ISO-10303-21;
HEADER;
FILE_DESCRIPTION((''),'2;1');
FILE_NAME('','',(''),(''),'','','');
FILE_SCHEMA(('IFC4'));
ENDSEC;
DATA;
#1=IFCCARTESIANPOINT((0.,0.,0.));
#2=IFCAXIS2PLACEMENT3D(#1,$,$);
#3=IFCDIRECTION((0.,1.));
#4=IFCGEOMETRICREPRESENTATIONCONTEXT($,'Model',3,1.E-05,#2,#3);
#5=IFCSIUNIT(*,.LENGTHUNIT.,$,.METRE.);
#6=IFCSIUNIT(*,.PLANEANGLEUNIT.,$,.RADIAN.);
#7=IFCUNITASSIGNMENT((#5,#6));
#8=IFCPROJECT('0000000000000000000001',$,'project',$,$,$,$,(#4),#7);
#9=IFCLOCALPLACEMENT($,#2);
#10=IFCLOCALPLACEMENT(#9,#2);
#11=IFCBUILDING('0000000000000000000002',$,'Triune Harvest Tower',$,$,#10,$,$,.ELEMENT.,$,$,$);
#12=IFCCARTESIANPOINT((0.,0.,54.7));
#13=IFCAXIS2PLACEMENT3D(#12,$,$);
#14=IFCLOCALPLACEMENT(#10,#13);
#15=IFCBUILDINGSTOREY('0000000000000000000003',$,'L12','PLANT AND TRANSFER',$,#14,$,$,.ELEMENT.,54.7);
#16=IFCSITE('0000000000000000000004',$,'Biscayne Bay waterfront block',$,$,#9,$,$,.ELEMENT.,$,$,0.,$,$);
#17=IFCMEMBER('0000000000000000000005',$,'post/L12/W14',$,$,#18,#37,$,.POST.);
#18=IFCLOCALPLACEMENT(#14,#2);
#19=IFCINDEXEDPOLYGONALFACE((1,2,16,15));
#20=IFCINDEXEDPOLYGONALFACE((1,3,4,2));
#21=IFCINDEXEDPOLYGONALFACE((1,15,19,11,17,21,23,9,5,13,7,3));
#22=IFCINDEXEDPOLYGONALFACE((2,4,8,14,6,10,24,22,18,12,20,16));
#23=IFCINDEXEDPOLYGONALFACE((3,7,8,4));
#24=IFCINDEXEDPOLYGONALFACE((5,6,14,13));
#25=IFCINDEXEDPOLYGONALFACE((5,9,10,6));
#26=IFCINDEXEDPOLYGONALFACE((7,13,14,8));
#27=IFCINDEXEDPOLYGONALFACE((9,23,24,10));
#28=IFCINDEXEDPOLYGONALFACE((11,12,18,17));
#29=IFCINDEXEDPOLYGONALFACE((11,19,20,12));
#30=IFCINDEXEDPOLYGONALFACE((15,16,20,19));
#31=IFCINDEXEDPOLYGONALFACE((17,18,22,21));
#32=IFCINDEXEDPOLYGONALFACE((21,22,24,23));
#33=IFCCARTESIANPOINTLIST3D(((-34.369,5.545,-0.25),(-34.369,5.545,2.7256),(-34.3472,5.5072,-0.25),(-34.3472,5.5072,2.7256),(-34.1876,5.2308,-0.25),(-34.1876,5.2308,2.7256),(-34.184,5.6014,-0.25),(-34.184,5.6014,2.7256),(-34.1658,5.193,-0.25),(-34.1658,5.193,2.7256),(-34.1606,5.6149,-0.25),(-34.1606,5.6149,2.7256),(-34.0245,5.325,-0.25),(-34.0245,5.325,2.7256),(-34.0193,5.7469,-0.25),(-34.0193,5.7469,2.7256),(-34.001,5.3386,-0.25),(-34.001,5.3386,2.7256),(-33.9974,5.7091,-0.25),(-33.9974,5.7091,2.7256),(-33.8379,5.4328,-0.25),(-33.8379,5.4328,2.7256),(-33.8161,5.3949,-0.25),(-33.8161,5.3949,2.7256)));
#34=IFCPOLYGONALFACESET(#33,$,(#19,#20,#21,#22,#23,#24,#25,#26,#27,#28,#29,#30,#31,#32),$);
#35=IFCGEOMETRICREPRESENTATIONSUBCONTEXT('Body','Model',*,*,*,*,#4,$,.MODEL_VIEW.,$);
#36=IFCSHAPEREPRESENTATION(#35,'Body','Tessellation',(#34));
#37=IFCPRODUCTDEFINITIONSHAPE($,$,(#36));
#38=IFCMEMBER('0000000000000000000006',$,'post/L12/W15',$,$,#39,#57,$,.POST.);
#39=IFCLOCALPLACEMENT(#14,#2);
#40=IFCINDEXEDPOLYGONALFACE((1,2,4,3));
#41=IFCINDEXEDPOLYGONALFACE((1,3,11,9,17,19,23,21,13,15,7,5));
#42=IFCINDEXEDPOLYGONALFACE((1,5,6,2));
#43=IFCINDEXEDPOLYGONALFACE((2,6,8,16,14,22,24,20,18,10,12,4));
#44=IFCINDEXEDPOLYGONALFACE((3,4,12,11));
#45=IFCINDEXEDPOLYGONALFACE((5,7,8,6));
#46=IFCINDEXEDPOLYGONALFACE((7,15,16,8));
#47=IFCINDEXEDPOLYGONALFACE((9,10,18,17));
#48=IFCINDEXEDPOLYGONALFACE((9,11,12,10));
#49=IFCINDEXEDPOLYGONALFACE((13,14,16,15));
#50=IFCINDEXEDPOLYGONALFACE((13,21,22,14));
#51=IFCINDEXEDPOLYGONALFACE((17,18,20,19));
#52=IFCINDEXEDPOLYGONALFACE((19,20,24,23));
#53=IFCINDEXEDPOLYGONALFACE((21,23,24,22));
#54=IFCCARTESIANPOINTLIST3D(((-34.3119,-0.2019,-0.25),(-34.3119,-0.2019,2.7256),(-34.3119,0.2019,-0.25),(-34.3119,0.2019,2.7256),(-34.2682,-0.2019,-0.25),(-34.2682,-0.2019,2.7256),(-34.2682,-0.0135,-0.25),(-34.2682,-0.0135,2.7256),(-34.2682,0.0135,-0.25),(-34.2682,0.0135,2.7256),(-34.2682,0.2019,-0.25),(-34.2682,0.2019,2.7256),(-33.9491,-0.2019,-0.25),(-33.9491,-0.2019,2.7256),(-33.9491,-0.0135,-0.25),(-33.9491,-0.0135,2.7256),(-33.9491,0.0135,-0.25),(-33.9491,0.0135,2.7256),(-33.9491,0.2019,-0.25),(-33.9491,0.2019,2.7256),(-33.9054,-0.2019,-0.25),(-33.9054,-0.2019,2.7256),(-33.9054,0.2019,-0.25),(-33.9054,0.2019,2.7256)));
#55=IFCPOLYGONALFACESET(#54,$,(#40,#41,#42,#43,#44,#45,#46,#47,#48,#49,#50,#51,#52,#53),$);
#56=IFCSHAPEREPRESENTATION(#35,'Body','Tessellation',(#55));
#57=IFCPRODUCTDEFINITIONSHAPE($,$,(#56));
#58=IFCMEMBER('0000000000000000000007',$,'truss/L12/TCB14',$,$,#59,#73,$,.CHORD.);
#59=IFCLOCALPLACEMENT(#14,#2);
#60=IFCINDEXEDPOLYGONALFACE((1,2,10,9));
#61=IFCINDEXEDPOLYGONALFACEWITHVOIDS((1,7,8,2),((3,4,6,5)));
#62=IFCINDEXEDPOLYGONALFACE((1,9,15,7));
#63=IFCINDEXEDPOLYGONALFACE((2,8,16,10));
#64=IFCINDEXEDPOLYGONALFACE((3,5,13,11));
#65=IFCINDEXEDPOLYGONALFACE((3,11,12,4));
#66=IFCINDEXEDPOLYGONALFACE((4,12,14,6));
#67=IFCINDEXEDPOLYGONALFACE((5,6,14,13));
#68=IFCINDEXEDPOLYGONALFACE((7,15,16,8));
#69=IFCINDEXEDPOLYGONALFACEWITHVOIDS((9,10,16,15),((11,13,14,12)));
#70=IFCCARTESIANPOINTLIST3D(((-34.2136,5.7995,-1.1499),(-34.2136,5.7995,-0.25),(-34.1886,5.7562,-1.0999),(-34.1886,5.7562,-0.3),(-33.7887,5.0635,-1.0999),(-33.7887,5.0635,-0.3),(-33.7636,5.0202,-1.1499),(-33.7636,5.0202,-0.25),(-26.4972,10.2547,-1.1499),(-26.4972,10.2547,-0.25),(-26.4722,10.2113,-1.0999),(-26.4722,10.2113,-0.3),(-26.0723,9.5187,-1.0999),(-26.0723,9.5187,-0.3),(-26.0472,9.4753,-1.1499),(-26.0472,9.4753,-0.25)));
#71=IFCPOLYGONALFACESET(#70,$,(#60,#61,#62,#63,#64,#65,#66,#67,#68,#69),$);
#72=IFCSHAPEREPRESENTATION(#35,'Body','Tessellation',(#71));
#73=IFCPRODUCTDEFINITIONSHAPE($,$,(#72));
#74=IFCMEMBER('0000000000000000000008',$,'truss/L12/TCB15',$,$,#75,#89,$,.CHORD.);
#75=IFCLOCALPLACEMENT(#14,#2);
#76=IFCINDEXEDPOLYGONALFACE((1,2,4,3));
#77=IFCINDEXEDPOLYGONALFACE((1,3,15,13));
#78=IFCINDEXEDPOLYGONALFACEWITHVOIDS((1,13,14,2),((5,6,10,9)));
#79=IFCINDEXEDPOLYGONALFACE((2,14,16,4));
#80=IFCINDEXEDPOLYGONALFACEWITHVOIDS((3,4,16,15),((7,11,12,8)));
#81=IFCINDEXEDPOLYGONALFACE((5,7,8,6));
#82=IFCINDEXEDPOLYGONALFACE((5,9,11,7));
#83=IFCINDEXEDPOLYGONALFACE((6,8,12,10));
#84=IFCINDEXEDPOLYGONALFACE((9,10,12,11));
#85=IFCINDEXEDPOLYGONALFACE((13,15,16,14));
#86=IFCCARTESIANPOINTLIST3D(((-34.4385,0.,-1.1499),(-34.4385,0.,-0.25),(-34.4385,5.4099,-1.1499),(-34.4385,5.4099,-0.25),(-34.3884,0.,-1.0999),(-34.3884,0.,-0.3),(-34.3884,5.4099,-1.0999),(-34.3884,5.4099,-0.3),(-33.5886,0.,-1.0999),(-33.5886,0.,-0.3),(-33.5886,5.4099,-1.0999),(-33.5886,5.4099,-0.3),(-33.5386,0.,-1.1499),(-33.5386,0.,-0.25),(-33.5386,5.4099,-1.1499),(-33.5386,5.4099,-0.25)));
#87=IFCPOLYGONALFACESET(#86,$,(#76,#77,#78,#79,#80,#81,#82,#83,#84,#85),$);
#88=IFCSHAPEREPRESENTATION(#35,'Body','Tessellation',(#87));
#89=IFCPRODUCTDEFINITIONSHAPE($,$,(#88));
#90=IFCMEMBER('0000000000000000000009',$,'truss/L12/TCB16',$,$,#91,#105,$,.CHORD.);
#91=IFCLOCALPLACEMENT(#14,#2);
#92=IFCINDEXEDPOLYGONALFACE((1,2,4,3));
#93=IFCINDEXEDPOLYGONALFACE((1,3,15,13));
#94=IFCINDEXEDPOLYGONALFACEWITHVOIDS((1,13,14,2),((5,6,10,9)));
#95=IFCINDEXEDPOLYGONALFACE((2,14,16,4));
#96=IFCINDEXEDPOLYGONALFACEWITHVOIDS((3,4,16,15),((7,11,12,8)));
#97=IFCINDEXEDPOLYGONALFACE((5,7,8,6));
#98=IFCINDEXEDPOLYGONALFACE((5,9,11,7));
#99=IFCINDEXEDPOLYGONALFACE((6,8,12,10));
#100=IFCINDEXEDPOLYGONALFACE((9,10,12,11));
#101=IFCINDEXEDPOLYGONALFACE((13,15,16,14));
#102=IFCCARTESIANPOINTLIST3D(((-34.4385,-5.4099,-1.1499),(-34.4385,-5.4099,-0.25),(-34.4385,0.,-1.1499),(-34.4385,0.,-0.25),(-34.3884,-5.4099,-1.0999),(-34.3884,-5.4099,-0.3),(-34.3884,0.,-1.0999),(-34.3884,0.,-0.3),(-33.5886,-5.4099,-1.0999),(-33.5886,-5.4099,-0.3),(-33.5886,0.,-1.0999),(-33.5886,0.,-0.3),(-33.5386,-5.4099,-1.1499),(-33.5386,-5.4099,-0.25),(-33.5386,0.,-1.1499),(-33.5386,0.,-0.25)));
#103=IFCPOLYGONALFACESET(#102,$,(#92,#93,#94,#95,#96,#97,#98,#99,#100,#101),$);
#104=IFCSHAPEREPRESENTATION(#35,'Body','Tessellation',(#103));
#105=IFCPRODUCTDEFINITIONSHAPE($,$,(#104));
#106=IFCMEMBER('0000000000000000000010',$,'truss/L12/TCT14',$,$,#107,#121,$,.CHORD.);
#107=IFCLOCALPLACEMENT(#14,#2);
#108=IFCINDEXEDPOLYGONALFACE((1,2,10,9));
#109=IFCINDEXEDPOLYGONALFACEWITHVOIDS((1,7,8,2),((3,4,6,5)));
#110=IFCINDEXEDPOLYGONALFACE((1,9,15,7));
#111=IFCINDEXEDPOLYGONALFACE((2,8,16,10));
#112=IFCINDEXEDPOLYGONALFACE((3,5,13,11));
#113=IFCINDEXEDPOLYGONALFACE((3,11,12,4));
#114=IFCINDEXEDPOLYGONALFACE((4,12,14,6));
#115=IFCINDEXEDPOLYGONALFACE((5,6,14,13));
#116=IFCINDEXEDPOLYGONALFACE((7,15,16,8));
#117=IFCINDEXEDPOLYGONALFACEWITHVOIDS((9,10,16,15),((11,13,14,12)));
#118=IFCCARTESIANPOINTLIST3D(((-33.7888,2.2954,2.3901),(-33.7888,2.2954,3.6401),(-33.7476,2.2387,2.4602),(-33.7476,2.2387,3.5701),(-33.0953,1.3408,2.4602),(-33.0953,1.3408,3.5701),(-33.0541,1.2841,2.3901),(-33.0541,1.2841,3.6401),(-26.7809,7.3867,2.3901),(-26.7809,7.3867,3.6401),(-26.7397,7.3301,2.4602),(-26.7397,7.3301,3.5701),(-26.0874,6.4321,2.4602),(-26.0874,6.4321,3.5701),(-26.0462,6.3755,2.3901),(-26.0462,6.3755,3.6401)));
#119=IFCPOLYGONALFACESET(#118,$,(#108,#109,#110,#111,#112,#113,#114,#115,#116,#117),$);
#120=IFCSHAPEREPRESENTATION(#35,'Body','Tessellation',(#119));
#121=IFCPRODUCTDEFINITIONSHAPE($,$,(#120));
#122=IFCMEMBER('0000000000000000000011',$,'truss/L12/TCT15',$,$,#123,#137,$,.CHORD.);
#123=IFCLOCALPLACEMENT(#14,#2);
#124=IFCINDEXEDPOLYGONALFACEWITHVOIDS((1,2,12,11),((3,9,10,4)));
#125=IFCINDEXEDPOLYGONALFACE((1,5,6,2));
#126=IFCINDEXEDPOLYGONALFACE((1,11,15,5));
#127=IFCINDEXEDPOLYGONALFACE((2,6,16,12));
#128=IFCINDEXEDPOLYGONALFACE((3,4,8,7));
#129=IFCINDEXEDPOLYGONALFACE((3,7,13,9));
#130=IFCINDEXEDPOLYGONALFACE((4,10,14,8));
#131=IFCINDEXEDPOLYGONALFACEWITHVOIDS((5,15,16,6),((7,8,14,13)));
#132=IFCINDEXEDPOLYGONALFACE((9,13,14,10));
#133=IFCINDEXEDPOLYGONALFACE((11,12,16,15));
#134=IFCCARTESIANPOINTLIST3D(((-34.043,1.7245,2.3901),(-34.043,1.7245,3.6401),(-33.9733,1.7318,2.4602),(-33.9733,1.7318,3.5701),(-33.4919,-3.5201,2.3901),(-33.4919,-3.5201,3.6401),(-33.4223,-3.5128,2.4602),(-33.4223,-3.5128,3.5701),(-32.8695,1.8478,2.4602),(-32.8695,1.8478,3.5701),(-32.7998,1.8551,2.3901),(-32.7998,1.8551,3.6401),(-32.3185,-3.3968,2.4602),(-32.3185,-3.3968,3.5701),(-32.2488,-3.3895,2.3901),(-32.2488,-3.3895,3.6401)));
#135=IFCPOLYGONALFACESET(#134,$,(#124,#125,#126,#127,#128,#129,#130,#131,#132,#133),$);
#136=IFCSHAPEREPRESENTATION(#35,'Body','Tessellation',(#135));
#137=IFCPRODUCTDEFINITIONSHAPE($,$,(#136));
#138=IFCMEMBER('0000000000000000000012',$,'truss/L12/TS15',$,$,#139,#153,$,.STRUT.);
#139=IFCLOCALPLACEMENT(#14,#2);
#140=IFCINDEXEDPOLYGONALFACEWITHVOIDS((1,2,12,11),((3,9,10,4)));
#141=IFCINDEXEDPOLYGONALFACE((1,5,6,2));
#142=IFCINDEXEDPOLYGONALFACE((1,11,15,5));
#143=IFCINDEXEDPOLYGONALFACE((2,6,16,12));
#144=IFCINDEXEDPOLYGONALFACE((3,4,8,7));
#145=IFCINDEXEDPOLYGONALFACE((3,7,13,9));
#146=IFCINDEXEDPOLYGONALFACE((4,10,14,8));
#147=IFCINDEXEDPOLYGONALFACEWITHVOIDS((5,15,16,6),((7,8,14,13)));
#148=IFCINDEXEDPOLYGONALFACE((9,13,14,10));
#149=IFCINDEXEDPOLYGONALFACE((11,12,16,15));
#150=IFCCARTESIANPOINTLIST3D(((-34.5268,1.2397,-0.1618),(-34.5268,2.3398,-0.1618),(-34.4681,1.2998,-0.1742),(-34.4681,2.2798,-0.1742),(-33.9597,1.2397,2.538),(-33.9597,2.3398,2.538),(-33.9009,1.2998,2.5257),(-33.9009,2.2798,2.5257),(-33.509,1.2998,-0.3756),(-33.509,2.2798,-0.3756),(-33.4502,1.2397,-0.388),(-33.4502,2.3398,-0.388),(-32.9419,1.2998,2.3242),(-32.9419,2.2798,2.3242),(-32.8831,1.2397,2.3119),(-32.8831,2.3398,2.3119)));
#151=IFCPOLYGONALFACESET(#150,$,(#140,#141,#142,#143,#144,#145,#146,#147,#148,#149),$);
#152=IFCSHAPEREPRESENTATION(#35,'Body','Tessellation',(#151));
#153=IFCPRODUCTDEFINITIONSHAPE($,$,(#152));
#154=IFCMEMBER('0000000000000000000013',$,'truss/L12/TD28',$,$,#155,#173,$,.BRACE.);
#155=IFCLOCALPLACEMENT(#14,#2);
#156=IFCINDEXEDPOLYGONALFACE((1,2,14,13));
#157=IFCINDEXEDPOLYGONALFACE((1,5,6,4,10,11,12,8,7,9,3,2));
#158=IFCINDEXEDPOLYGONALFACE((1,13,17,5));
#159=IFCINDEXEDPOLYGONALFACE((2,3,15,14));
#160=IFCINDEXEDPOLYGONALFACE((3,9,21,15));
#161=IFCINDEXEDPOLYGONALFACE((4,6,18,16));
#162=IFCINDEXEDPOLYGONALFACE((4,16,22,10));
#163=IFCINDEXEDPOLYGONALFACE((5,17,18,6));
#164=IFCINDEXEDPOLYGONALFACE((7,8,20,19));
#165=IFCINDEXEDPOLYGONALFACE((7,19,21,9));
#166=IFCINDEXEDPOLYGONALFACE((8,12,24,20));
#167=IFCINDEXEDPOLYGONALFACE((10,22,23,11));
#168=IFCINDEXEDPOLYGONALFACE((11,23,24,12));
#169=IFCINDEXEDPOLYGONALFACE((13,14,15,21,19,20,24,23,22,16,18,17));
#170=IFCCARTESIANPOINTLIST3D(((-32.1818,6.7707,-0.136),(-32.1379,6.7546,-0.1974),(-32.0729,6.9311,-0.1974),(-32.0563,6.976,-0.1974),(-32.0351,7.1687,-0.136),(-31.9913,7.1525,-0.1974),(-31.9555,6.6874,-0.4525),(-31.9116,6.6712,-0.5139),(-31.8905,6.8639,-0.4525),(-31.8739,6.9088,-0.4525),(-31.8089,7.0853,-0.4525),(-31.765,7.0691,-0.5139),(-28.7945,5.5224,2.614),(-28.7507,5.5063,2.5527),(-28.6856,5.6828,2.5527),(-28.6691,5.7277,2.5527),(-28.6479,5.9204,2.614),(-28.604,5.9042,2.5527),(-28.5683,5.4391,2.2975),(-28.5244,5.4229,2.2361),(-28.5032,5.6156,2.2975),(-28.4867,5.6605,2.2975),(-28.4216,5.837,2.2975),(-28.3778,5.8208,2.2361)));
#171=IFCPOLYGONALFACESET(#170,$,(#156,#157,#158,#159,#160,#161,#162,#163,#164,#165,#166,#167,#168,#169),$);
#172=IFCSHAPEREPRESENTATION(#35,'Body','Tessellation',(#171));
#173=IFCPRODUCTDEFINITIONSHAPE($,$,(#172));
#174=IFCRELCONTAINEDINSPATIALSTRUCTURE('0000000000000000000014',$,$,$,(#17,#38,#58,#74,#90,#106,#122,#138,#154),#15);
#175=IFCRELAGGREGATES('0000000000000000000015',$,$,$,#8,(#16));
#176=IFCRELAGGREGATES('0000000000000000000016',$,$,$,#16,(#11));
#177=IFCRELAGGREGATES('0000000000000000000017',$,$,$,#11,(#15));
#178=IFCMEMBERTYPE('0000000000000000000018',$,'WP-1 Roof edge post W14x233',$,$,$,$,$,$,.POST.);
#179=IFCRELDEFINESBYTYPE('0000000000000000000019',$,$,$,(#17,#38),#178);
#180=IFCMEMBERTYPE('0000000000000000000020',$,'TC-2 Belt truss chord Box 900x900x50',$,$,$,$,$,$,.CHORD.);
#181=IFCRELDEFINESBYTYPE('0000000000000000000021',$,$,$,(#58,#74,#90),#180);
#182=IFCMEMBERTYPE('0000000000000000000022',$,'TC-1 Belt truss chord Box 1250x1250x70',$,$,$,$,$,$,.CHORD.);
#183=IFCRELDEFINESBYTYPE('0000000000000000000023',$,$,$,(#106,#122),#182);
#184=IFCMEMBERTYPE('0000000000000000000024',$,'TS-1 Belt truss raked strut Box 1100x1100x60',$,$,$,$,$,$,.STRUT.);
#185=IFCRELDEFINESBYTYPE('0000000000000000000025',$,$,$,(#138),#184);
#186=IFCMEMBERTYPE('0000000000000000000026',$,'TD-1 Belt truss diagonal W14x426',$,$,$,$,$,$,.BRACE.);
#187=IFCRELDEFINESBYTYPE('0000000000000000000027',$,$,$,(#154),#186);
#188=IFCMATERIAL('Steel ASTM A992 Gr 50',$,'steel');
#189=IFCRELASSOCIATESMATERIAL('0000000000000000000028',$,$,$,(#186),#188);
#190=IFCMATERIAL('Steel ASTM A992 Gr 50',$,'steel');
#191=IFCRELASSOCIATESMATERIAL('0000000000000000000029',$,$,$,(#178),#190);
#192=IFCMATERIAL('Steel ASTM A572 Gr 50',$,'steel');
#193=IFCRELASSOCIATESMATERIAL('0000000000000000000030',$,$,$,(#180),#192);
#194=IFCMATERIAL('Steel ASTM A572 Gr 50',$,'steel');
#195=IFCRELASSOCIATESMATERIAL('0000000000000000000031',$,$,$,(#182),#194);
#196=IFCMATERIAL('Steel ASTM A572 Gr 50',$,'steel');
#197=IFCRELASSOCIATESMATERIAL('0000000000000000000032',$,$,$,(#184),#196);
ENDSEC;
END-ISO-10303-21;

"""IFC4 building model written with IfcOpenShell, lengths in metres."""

from ifc_helpers import new_model, si_unit, direction, frame, origin, origin_2d, place, context, subcontext, project, spatial, hollow_rectangle, i_section, extrude, source, transform, mapped, material, material_profile, profile_set, type_object, element, save


model = new_model("IFC4")

# Units and contexts
model_context = context("Model", 3, precision=1e-05, world=origin(), true_north=direction((0.0, 1.0)))
body_context = subcontext(model_context, "Body", "Model", "MODEL_VIEW")
ifc_project = project(units=[si_unit("LENGTHUNIT", "METRE"), si_unit("PLANEANGLEUNIT", "RADIAN")], contexts=[model_context])

# Site, building, storey
site_placement = place(None, origin())
site = spatial("IfcSite", under=ifc_project, at=site_placement, Name="Biscayne Bay waterfront block", CompositionType="ELEMENT", RefElevation=0.0)
building_placement = place(site_placement, origin())
building = spatial("IfcBuilding", under=site, at=building_placement, Name="Triune Harvest Tower", CompositionType="ELEMENT")
storey_placement = place(building_placement, frame((0.0, 0.0, 54.7)))
storey = spatial("IfcBuildingStorey", under=building, at=storey_placement, Name="L12", Description="PLANT AND TRANSFER", CompositionType="ELEMENT", Elevation=54.7)

# Shared definitions
ifc_material_1 = material(Name="Steel ASTM A992 Gr 50", Category="steel")
ifc_material_profile_1 = material_profile(ifc_material_1, i_section(OverallWidth=0.4241, OverallDepth=0.4751, WebThickness=0.0479, FlangeThickness=0.0771, at=origin_2d()), Name="W14x426")
ifc_profile_set_1 = profile_set([ifc_material_profile_1], Name="Steel ASTM A992 Gr 50")
member_type_1 = type_object("IfcMemberType", Name="TD-1 Belt truss diagonal W14x426", PredefinedType="BRACE", material=ifc_profile_set_1)

# Members
ifc_material_2 = material(Name="Steel ASTM A992 Gr 50", Category="steel")
ifc_material_profile_2 = material_profile(ifc_material_2, i_section(OverallWidth=0.4038, OverallDepth=0.4065, WebThickness=0.0271, FlangeThickness=0.0437, at=origin_2d()), Name="W14x233")
ifc_profile_set_2 = profile_set([ifc_material_profile_2], Name="Steel ASTM A992 Gr 50")
member_type_2 = type_object("IfcMemberType", Name="WP-1 Roof edge post W14x233", PredefinedType="POST", material=ifc_profile_set_2)
shared_shape_1 = source(origin(), body_context, "Body", "SweptSolid", [
    extrude(i_section(OverallWidth=0.4038, OverallDepth=0.4065, WebThickness=0.0271, FlangeThickness=0.0437, at=origin_2d()), origin(), (0.0, 0.0, 1.0), 2.9756),
])
for number, where, z_axis, x_axis, name in (
    (1, (-34.0925, 5.47, -0.25), (0.0, 0.0, 1.0), (-0.866025, -0.5, 0.0), "post/L12/W14"),
    (2, (-34.1086, 0.0, -0.25), (0.0, 0.0, 1.0), (0.0, -1.0, 0.0), "post/L12/W15"),
):
    element("IfcMember", number, at=place(storey_placement, frame(where, z_axis=z_axis, x_axis=x_axis)), inside=storey, type_object=member_type_2, Name=name, PredefinedType="POST", context=body_context, shape_type="MappedRepresentation", body=[
        mapped(shared_shape_1, transform((0.0, 0.0, 0.0), scale=1.0)),
    ])
ifc_material_3 = material(Name="Steel ASTM A572 Gr 50", Category="steel")
ifc_material_profile_3 = material_profile(ifc_material_3, hollow_rectangle(XDim=0.8999, YDim=0.8999, WallThickness=0.05, at=origin_2d()), Name="Box 900x900x50")
ifc_profile_set_3 = profile_set([ifc_material_profile_3], Name="Steel ASTM A572 Gr 50")
member_type_3 = type_object("IfcMemberType", Name="TC-2 Belt truss chord Box 900x900x50", PredefinedType="CHORD", material=ifc_profile_set_3)
shared_shape_2 = source(origin(), body_context, "Body", "SweptSolid", [
    extrude(hollow_rectangle(XDim=0.8999, YDim=0.8999, WallThickness=0.05, at=origin_2d()), origin(), (0.0, 0.0, 1.0), 8.9102),
])
member_1_placement = place(storey_placement, frame((-26.2722, 9.865, -0.7), z_axis=(-0.866022, -0.500005, 0.0), x_axis=(0.500005, -0.866022, 0.0)))
element("IfcMember", 3, at=member_1_placement, inside=storey, type_object=member_type_3, Name="truss/L12/TCB14", PredefinedType="CHORD", context=body_context, shape_type="MappedRepresentation", body=[
    mapped(shared_shape_2, transform((0.0, 0.0, 0.0), scale=1.0)),
])
shared_shape_3 = source(origin(), body_context, "Body", "SweptSolid", [
    extrude(hollow_rectangle(XDim=0.8999, YDim=0.8999, WallThickness=0.05, at=origin_2d()), origin(), (0.0, 0.0, 1.0), 5.4099),
])
for number, where, z_axis, x_axis, name in (
    (4, (-33.9885, 5.4099, -0.7), (0.0, -1.0, 0.0), (1.0, 0.0, 0.0), "truss/L12/TCB15"),
    (5, (-33.9885, 0.0, -0.7), (0.0, -1.0, 0.0), (1.0, 0.0, 0.0), "truss/L12/TCB16"),
):
    element("IfcMember", number, at=place(storey_placement, frame(where, z_axis=z_axis, x_axis=x_axis)), inside=storey, type_object=member_type_3, Name=name, PredefinedType="CHORD", context=body_context, shape_type="MappedRepresentation", body=[
        mapped(shared_shape_3, transform((0.0, 0.0, 0.0), scale=1.0)),
    ])
ifc_material_4 = material(Name="Steel ASTM A572 Gr 50", Category="steel")
ifc_material_profile_4 = material_profile(ifc_material_4, hollow_rectangle(XDim=1.25, YDim=1.25, WallThickness=0.0701, at=origin_2d()), Name="Box 1250x1250x70")
ifc_profile_set_4 = profile_set([ifc_material_profile_4], Name="Steel ASTM A572 Gr 50")
member_type_4 = type_object("IfcMemberType", Name="TC-1 Belt truss chord Box 1250x1250x70", PredefinedType="CHORD", material=ifc_profile_set_4)
shared_shape_4 = source(origin(), body_context, "Body", "SweptSolid", [
    extrude(hollow_rectangle(XDim=1.25, YDim=1.25, WallThickness=0.0701, at=origin_2d()), origin(), (0.0, 0.0, 1.0), 8.6621),
])
member_2_placement = place(storey_placement, frame((-26.4136, 6.8811, 3.0151), z_axis=(-0.809026, -0.587773, 0.0), x_axis=(0.587773, -0.809026, 0.0)))
element("IfcMember", 6, at=member_2_placement, inside=storey, type_object=member_type_4, Name="truss/L12/TCT14", PredefinedType="CHORD", context=body_context, shape_type="MappedRepresentation", body=[
    mapped(shared_shape_4, transform((0.0, 0.0, 0.0), scale=1.0)),
])
shared_shape_5 = source(origin(), body_context, "Body", "SweptSolid", [
    extrude(hollow_rectangle(XDim=1.25, YDim=1.25, WallThickness=0.0701, at=origin_2d()), origin(), (0.0, 0.0, 1.0), 5.2734),
])
member_3_placement = place(storey_placement, frame((-33.4214, 1.7898, 3.0151), z_axis=(0.10449, -0.994526, 0.0), x_axis=(0.994526, 0.10449, 0.0)))
element("IfcMember", 7, at=member_3_placement, inside=storey, type_object=member_type_4, Name="truss/L12/TCT15", PredefinedType="CHORD", context=body_context, shape_type="MappedRepresentation", body=[
    mapped(shared_shape_5, transform((0.0, 0.0, 0.0), scale=1.0)),
])
ifc_material_5 = material(Name="Steel ASTM A572 Gr 50", Category="steel")
ifc_material_profile_5 = material_profile(ifc_material_5, hollow_rectangle(XDim=1.1001, YDim=1.1001, WallThickness=0.0601, at=origin_2d()), Name="Box 1100x1100x60")
ifc_profile_set_5 = profile_set([ifc_material_profile_5], Name="Steel ASTM A572 Gr 50")
member_type_5 = type_object("IfcMemberType", Name="TS-1 Belt truss raked strut Box 1100x1100x60", PredefinedType="STRUT", material=ifc_profile_set_5)
shared_shape_6 = source(origin(), body_context, "Body", "SweptSolid", [
    extrude(hollow_rectangle(XDim=1.1001, YDim=1.1001, WallThickness=0.0601, at=origin_2d()), origin(), (0.0, 0.0, 1.0), 2.7588),
])
member_4_placement = place(storey_placement, frame((-33.9885, 1.7898, -0.2749), z_axis=(0.205569, 0.0, 0.978643), x_axis=(0.0, 1.0, 0.0)))
element("IfcMember", 8, at=member_4_placement, inside=storey, type_object=member_type_5, Name="truss/L12/TS15", PredefinedType="STRUT", context=body_context, shape_type="MappedRepresentation", body=[
    mapped(shared_shape_6, transform((0.0, 0.0, 0.0), scale=1.0)),
])
shared_shape_7 = source(origin(), body_context, "Body", "SweptSolid", [
    extrude(i_section(OverallWidth=0.4241, OverallDepth=0.4751, WebThickness=0.0479, FlangeThickness=0.0771, at=origin_2d()), origin(), (0.0, 0.0, 1.0), 4.5381),
])
member_5_placement = place(storey_placement, frame((-31.9734, 6.9199, -0.325), z_axis=(0.746401, -0.275072, 0.605987), x_axis=(0.345796, 0.93831, 0.0)))
element("IfcMember", 9, at=member_5_placement, inside=storey, type_object=member_type_1, Name="truss/L12/TD28", PredefinedType="BRACE", context=body_context, shape_type="MappedRepresentation", body=[
    mapped(shared_shape_7, transform((0.0, 0.0, 0.0), scale=1.0)),
])

save(model, "model.ifc")
